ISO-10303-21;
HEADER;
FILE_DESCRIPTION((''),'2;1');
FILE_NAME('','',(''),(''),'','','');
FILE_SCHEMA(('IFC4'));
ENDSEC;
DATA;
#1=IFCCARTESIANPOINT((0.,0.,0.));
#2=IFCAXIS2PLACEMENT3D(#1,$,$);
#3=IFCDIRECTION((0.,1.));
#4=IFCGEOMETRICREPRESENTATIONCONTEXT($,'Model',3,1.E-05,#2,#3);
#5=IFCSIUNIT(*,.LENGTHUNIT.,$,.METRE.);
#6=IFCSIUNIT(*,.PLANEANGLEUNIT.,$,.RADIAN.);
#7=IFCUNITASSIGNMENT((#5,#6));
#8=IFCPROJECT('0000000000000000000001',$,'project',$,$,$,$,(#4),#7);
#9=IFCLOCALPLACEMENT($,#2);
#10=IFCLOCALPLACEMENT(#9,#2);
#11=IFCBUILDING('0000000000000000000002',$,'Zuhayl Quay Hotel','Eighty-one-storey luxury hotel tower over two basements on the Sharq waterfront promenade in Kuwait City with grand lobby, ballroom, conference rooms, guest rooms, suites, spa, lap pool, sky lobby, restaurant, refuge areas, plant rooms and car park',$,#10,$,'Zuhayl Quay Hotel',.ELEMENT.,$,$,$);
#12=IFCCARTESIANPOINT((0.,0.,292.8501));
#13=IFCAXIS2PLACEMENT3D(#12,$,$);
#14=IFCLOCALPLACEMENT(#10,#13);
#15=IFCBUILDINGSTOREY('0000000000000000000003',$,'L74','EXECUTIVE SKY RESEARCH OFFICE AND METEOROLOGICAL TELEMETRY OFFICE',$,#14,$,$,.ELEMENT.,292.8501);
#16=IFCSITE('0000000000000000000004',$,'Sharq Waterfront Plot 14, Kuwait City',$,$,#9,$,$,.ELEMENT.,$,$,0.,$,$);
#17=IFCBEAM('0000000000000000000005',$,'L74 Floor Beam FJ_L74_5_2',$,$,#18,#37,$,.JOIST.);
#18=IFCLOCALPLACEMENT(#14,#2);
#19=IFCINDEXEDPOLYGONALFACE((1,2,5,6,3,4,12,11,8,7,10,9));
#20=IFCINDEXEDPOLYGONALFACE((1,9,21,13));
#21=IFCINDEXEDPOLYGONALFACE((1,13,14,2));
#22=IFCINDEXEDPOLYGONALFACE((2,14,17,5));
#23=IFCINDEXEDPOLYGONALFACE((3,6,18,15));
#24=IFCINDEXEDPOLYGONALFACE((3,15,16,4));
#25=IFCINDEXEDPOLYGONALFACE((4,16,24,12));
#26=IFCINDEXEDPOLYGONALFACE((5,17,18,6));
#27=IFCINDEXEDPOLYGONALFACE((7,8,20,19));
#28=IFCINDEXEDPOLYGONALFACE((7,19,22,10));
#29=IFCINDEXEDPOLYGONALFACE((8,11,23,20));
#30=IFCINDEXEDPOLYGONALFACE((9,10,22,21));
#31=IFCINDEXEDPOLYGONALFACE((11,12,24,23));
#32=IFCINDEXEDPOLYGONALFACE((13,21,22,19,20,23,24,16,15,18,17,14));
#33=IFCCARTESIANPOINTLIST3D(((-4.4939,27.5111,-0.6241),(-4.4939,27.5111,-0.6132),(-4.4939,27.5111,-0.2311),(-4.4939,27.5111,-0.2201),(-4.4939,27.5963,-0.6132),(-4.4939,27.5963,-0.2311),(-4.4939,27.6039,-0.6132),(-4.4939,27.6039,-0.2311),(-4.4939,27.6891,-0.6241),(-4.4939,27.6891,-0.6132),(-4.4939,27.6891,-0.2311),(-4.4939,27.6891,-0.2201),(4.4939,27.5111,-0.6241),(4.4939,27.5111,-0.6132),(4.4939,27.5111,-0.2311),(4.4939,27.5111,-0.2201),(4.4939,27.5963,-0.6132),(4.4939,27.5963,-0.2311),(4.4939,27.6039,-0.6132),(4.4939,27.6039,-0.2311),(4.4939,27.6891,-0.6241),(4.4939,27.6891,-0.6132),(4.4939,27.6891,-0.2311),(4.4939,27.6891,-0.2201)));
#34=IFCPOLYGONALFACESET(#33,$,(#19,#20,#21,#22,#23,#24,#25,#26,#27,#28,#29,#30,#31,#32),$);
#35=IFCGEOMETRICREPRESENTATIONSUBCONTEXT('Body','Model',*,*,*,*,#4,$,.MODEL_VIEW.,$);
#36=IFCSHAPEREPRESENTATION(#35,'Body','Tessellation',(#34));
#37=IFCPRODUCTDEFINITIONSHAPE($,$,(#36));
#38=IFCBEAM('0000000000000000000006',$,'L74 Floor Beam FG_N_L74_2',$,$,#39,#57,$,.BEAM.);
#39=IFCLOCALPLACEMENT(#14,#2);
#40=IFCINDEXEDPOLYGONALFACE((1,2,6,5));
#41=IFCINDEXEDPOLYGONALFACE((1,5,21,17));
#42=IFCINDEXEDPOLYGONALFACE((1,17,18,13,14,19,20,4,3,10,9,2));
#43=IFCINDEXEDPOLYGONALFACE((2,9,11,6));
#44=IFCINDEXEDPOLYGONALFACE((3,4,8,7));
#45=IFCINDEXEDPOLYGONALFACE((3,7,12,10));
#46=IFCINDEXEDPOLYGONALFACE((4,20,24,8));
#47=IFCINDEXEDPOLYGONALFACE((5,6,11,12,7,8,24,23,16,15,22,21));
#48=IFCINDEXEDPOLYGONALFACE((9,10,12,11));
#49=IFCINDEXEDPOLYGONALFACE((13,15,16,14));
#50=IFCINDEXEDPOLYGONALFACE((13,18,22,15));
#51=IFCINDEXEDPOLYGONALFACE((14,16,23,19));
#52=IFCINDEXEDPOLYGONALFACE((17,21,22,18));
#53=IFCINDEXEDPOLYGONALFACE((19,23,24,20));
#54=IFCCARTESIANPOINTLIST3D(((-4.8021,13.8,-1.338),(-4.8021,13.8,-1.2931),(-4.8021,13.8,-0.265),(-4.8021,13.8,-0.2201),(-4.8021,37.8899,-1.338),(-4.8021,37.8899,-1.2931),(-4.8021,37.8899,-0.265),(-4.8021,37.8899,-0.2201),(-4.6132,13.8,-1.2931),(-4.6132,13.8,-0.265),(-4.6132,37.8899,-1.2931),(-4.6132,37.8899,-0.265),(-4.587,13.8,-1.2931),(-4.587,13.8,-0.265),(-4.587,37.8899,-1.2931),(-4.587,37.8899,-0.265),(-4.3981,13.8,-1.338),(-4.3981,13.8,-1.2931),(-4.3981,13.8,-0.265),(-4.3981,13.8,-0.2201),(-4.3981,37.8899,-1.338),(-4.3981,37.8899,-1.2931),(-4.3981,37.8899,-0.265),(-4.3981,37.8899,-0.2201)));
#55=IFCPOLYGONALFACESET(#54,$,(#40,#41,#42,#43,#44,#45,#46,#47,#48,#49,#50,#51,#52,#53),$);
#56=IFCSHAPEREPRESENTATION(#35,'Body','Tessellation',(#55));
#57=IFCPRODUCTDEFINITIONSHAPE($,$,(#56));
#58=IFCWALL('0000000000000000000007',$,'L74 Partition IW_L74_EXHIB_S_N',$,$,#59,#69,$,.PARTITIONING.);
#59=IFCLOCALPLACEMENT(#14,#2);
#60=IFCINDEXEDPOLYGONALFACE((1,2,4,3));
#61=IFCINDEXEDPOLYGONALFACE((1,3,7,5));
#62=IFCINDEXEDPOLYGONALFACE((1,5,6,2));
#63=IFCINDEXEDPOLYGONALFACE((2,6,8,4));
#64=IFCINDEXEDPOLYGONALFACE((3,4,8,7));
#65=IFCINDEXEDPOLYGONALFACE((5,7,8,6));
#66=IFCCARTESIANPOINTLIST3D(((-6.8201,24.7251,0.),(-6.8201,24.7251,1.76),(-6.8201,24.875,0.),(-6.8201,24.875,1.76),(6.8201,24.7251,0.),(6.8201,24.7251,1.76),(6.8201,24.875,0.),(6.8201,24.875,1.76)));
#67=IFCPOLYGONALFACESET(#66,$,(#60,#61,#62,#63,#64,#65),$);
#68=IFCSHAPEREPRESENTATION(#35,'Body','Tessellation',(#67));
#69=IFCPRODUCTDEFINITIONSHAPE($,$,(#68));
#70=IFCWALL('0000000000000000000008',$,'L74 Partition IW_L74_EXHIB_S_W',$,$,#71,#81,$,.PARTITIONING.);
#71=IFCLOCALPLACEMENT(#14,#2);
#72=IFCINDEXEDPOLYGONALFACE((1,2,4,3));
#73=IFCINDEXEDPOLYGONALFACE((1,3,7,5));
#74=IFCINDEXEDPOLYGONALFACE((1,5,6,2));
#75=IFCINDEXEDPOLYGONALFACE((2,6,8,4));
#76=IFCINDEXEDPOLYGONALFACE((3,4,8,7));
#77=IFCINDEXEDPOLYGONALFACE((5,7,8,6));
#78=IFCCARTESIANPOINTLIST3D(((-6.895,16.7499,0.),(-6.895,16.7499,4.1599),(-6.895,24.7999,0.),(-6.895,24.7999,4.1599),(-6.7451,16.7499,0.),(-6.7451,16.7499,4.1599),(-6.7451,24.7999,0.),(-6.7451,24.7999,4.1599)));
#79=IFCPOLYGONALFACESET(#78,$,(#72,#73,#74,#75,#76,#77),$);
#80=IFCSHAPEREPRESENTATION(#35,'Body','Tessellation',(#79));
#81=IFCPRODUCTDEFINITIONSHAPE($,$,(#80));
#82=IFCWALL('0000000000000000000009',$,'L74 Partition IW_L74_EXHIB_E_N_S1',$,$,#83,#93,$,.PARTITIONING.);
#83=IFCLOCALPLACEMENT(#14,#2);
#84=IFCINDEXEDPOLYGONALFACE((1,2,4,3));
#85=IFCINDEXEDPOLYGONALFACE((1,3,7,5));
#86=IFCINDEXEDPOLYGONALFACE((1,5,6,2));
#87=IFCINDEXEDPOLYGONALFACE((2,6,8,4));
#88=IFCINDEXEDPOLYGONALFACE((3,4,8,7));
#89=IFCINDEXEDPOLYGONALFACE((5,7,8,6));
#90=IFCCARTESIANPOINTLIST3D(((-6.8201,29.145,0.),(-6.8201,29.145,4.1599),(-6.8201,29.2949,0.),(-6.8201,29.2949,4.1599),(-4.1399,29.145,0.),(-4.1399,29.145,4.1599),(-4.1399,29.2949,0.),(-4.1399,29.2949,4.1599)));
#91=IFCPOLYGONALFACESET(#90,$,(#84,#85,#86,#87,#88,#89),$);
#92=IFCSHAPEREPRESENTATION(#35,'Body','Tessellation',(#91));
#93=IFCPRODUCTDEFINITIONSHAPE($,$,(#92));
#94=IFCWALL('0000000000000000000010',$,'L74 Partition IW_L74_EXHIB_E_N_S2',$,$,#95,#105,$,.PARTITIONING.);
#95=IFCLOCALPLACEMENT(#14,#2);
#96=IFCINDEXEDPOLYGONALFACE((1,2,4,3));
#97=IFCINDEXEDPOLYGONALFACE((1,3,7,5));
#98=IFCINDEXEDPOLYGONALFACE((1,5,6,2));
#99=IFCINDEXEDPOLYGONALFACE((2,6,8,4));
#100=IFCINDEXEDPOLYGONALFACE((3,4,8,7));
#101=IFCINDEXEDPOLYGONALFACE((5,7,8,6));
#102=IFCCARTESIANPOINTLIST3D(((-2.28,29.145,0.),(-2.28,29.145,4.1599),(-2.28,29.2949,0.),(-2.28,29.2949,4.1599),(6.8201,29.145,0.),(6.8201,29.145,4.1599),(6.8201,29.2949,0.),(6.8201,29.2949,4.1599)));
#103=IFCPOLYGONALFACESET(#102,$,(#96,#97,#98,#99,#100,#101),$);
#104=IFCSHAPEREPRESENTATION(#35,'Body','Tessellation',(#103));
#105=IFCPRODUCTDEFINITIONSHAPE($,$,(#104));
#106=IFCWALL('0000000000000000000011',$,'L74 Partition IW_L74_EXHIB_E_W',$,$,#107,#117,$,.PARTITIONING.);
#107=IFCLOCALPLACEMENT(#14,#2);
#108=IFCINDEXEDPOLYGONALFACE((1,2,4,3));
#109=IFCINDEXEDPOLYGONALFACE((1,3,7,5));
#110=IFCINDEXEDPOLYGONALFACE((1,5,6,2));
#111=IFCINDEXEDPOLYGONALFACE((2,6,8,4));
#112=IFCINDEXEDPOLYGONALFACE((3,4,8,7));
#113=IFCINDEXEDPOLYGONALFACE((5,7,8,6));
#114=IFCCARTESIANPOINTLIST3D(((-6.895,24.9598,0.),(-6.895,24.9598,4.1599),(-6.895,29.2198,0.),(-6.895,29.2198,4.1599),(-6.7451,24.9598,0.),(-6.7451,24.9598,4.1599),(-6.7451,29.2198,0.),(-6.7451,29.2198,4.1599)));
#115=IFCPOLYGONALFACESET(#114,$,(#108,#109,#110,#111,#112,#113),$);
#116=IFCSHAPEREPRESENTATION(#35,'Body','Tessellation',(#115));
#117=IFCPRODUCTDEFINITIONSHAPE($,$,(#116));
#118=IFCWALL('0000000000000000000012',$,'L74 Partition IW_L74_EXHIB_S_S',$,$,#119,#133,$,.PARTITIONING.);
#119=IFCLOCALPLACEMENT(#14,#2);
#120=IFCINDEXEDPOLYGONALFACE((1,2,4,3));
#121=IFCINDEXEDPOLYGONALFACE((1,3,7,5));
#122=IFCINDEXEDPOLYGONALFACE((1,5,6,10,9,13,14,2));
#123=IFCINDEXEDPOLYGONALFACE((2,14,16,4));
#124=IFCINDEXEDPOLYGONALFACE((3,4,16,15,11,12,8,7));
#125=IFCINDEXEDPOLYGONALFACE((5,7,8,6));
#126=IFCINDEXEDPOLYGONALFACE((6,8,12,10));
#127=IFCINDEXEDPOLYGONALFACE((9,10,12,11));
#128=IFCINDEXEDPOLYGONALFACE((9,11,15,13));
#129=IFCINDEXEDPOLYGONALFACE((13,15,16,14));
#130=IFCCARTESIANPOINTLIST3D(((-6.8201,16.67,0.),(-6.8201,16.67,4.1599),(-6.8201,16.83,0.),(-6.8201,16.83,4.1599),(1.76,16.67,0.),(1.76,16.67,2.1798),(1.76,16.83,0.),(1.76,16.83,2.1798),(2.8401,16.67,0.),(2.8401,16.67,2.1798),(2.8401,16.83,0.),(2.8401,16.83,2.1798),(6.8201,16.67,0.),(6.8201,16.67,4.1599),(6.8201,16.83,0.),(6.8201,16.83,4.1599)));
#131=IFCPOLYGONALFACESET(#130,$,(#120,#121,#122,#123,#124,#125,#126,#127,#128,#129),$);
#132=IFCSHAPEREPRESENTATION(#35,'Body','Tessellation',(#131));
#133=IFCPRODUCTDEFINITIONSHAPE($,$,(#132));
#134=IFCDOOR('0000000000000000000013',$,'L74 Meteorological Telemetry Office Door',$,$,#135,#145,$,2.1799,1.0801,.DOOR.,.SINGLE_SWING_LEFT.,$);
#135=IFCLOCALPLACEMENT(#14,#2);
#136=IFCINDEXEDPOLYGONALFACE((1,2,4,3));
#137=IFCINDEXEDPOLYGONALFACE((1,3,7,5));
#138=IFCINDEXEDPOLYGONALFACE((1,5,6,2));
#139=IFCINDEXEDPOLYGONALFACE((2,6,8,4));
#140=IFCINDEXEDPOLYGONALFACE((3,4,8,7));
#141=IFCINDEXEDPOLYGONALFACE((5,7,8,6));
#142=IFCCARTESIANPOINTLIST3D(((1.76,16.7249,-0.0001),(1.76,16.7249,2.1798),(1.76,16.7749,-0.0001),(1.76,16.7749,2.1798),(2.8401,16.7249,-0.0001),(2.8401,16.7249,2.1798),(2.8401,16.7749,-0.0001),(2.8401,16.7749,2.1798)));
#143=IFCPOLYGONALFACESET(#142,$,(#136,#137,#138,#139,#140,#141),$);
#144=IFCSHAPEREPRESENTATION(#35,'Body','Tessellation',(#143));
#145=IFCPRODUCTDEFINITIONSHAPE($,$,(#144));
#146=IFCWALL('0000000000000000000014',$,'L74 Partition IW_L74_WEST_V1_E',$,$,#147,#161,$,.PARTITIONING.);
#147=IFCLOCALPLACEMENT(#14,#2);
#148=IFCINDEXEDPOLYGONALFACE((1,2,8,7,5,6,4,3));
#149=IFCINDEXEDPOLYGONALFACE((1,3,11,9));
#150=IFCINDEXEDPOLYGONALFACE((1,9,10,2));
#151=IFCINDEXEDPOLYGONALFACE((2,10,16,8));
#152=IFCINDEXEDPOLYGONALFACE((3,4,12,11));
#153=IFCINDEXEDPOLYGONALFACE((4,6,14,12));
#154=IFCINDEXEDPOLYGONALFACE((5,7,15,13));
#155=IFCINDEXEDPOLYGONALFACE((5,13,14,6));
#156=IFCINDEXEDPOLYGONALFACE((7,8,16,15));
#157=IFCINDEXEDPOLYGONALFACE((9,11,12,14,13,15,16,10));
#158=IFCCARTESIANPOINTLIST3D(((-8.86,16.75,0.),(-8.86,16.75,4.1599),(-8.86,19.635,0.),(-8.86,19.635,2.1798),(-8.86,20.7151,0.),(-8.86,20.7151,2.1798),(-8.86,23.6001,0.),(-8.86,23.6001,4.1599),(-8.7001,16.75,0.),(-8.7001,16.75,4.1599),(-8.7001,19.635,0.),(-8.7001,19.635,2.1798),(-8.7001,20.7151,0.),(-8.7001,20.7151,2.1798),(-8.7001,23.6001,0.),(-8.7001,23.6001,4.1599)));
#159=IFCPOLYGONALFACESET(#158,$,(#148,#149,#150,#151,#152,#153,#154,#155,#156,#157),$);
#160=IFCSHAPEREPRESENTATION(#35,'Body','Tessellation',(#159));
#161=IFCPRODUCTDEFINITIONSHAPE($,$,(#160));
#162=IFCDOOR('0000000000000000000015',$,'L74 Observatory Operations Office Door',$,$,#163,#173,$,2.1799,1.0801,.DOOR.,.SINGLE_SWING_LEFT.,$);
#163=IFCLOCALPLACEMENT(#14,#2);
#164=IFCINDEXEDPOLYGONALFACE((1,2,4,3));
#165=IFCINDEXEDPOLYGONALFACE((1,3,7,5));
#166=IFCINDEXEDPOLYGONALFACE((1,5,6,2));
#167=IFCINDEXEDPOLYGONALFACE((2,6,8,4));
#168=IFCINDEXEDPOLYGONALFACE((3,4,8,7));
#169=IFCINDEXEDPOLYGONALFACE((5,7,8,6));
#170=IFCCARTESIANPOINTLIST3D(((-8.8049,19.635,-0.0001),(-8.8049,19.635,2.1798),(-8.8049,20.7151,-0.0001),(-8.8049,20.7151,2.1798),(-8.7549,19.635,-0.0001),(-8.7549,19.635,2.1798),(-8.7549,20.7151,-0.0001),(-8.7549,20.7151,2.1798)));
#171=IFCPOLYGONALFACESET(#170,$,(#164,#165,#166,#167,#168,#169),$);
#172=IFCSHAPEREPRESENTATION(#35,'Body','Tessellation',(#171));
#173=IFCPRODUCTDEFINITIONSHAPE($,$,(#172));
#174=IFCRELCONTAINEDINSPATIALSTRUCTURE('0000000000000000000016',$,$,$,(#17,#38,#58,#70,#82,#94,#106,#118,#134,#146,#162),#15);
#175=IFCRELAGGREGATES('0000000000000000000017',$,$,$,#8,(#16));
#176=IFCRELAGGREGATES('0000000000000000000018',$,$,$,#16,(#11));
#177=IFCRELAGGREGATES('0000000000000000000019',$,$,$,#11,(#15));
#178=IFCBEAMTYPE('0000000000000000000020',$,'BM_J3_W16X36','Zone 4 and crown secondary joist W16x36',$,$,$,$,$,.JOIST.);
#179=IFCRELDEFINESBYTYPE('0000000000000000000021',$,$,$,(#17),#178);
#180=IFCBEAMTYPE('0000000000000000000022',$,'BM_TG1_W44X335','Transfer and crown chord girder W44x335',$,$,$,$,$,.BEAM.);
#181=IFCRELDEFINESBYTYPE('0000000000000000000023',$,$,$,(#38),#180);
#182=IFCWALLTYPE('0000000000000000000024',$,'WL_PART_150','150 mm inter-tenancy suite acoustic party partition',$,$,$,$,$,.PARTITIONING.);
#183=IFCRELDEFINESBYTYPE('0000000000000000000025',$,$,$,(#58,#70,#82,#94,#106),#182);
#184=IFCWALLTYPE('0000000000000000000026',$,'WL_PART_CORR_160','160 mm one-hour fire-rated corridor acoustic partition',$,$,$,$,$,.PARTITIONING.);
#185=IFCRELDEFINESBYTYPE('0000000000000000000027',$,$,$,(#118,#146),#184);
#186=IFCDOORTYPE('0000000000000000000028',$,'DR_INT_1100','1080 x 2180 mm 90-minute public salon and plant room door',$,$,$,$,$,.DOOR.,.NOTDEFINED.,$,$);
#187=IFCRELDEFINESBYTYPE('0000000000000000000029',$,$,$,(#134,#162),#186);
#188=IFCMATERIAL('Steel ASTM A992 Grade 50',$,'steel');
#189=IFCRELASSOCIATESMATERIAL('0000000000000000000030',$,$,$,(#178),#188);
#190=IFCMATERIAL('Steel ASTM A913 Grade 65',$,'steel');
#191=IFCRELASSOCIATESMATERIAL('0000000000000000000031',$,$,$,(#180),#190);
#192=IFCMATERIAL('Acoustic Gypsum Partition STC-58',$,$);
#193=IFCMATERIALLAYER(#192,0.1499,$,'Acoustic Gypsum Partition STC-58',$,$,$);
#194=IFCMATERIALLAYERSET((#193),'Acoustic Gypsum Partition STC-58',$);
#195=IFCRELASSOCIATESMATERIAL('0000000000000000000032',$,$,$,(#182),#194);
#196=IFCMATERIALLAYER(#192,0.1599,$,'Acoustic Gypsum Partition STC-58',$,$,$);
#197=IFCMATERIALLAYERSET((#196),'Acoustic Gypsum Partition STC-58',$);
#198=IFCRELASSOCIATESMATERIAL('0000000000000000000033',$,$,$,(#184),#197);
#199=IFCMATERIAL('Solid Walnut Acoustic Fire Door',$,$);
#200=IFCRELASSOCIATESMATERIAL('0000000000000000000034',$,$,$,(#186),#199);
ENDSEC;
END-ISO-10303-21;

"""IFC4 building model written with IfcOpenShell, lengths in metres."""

from ifc_helpers import new_model, si_unit, direction, frame, frame_2d, origin, origin_2d, place, context, subcontext, project, spatial, rectangle, i_section, extrude, material, layer, layer_set, material_profile, profile_set, type_object, element, fill, save


model = new_model("IFC4")

# Units and contexts
model_context = context("Model", 3, precision=1e-05, world=origin(), true_north=direction((0.0, 1.0)))
body_context = subcontext(model_context, "Body", "Model", "MODEL_VIEW")
ifc_project = project(units=[si_unit("LENGTHUNIT", "METRE"), si_unit("PLANEANGLEUNIT", "RADIAN")], contexts=[model_context])

# Site, building, storey
site_placement = place(None, origin())
site = spatial("IfcSite", under=ifc_project, at=site_placement, Name="Sharq Waterfront Plot 14, Kuwait City", CompositionType="ELEMENT", RefElevation=0.0)
building_placement = place(site_placement, origin())
building = spatial("IfcBuilding", under=site, at=building_placement, Name="Zuhayl Quay Hotel", Description="Eighty-one-storey luxury hotel tower over two basements on the Sharq waterfront promenade in Kuwait City with grand lobby, ballroom, conference rooms, guest rooms, suites, spa, lap pool, sky lobby, restaurant, refuge areas, plant rooms and car park", LongName="Zuhayl Quay Hotel", CompositionType="ELEMENT")
storey_placement = place(building_placement, frame((0.0, 0.0, 292.8501)))
storey = spatial("IfcBuildingStorey", under=building, at=storey_placement, Name="L74", Description="EXECUTIVE SKY RESEARCH OFFICE AND METEOROLOGICAL TELEMETRY OFFICE", CompositionType="ELEMENT", Elevation=292.8501)

# Beams
ifc_material_1 = material(Name="Steel ASTM A992 Grade 50", Category="steel")
ifc_material_profile_1 = material_profile(ifc_material_1, i_section(OverallWidth=0.178, OverallDepth=0.4041, WebThickness=0.0076, FlangeThickness=0.011, at=origin_2d()), Name="W16X36")
ifc_profile_set_1 = profile_set([ifc_material_profile_1], Name="Steel ASTM A992 Grade 50")
beam_type_1 = type_object("IfcBeamType", Name="BM_J3_W16X36", Description="Zone 4 and crown secondary joist W16x36", PredefinedType="JOIST", material=ifc_profile_set_1)
beam_1_placement = place(storey_placement, frame((-4.4939, 27.6001, -0.4221), z_axis=(1.0, 0.0, 0.0), x_axis=(0.0, 1.0, 0.0)))
element("IfcBeam", 1, at=beam_1_placement, inside=storey, type_object=beam_type_1, Name="L74 Floor Beam FJ_L74_5_2", PredefinedType="JOIST", context=body_context, shape_type="SweptSolid", body=[
    extrude(i_section(OverallWidth=0.178, OverallDepth=0.4041, WebThickness=0.0076, FlangeThickness=0.011, at=origin_2d()), origin(), (0.0, 0.0, 1.0), 8.9878),
])
ifc_material_2 = material(Name="Steel ASTM A913 Grade 65", Category="steel")
ifc_material_profile_2 = material_profile(ifc_material_2, i_section(OverallWidth=0.4041, OverallDepth=1.1179, WebThickness=0.0261, FlangeThickness=0.0449, at=origin_2d()), Name="W44X335")
ifc_profile_set_2 = profile_set([ifc_material_profile_2], Name="Steel ASTM A913 Grade 65")
beam_type_2 = type_object("IfcBeamType", Name="BM_TG1_W44X335", Description="Transfer and crown chord girder W44x335", PredefinedType="BEAM", material=ifc_profile_set_2)
beam_2_placement = place(storey_placement, frame((-4.6001, 13.8, -0.7791), z_axis=(0.0, 1.0, 0.0), x_axis=(-1.0, 0.0, 0.0)))
element("IfcBeam", 2, at=beam_2_placement, inside=storey, type_object=beam_type_2, Name="L74 Floor Beam FG_N_L74_2", PredefinedType="BEAM", context=body_context, shape_type="SweptSolid", body=[
    extrude(i_section(OverallWidth=0.4041, OverallDepth=1.1179, WebThickness=0.0261, FlangeThickness=0.0449, at=origin_2d()), origin(), (0.0, 0.0, 1.0), 24.0898),
])

# Walls
ifc_material_3 = material(Name="Acoustic Gypsum Partition STC-58")
ifc_layer_1 = layer(ifc_material_3, 0.1499, Name="Acoustic Gypsum Partition STC-58")
ifc_layer_set_1 = layer_set([ifc_layer_1], Name="Acoustic Gypsum Partition STC-58")
wall_type_1 = type_object("IfcWallType", Name="WL_PART_150", Description="150 mm inter-tenancy suite acoustic party partition", PredefinedType="PARTITIONING", material=ifc_layer_set_1)
wall_1_placement = place(storey_placement, frame((-6.8201, 24.8, 0.0), z_axis=(0.0, 0.0, 1.0), x_axis=(1.0, 0.0, 0.0)))
element("IfcWall", 3, at=wall_1_placement, inside=storey, type_object=wall_type_1, Name="L74 Partition IW_L74_EXHIB_S_N", PredefinedType="PARTITIONING", context=body_context, shape_type="SweptSolid", body=[
    extrude(rectangle(XDim=13.6401, YDim=0.1499, at=frame_2d((6.8201, 0.0))), origin(), (0.0, 0.0, 1.0), 1.76),
])
wall_2_placement = place(storey_placement, frame((-6.8201, 16.75, 0.0), z_axis=(0.0, 0.0, 1.0), x_axis=(0.0, 1.0, 0.0)))
element("IfcWall", 4, at=wall_2_placement, inside=storey, type_object=wall_type_1, Name="L74 Partition IW_L74_EXHIB_S_W", PredefinedType="PARTITIONING", context=body_context, shape_type="SweptSolid", body=[
    extrude(rectangle(XDim=8.05, YDim=0.1499, at=frame_2d((4.0249, 0.0))), origin(), (0.0, 0.0, 1.0), 4.1599),
])
wall_3_placement = place(storey_placement, frame((-6.8201, 29.22, 0.0), z_axis=(0.0, 0.0, 1.0), x_axis=(1.0, 0.0, 0.0)))
element("IfcWall", 5, at=wall_3_placement, inside=storey, type_object=wall_type_1, Name="L74 Partition IW_L74_EXHIB_E_N_S1", PredefinedType="PARTITIONING", context=body_context, shape_type="SweptSolid", body=[
    extrude(rectangle(XDim=2.6802, YDim=0.1499, at=frame_2d((1.3401, 0.0))), origin(), (0.0, 0.0, 1.0), 4.1599),
])
wall_4_placement = place(storey_placement, frame((-2.28, 29.22, 0.0), z_axis=(0.0, 0.0, 1.0), x_axis=(1.0, 0.0, 0.0)))
element("IfcWall", 6, at=wall_4_placement, inside=storey, type_object=wall_type_1, Name="L74 Partition IW_L74_EXHIB_E_N_S2", PredefinedType="PARTITIONING", context=body_context, shape_type="SweptSolid", body=[
    extrude(rectangle(XDim=9.1001, YDim=0.1499, at=frame_2d((4.55, 0.0))), origin(), (0.0, 0.0, 1.0), 4.1599),
])
wall_5_placement = place(storey_placement, frame((-6.8201, 24.96, 0.0), z_axis=(0.0, 0.0, 1.0), x_axis=(0.0, 1.0, 0.0)))
element("IfcWall", 7, at=wall_5_placement, inside=storey, type_object=wall_type_1, Name="L74 Partition IW_L74_EXHIB_E_W", PredefinedType="PARTITIONING", context=body_context, shape_type="SweptSolid", body=[
    extrude(rectangle(XDim=4.26, YDim=0.1499, at=frame_2d((2.1299, 0.0))), origin(), (0.0, 0.0, 1.0), 4.1599),
])

# Walls, openings, doors
ifc_layer_2 = layer(ifc_material_3, 0.1599, Name="Acoustic Gypsum Partition STC-58")
ifc_layer_set_2 = layer_set([ifc_layer_2], Name="Acoustic Gypsum Partition STC-58")
wall_type_2 = type_object("IfcWallType", Name="WL_PART_CORR_160", Description="160 mm one-hour fire-rated corridor acoustic partition", PredefinedType="PARTITIONING", material=ifc_layer_set_2)
wall_6_placement = place(storey_placement, frame((-6.8201, 16.75, 0.0), z_axis=(0.0, 0.0, 1.0), x_axis=(1.0, 0.0, 0.0)))
wall_6 = element("IfcWall", 8, at=wall_6_placement, inside=storey, type_object=wall_type_2, Name="L74 Partition IW_L74_EXHIB_S_S", PredefinedType="PARTITIONING", context=body_context, shape_type="SweptSolid", body=[
    extrude(rectangle(XDim=13.6401, YDim=0.1599, at=frame_2d((6.8201, 0.0))), origin(), (0.0, 0.0, 1.0), 4.1599),
])
opening_1_placement = place(wall_6_placement, frame((8.5801, 0.0, 0.0)))
opening_1 = element("IfcOpeningElement", 9, at=opening_1_placement, cuts=wall_6, PredefinedType="OPENING", context=body_context, shape_type="SweptSolid", body=[
    extrude(rectangle(XDim=1.0801, YDim=2.1799, at=frame_2d((0.54, 1.0898))), frame((0.0, 0.0898, 0.0), z_axis=(0.0, -1.0, 0.0), x_axis=(1.0, 0.0, 0.0)), (0.0, 0.0, 1.0), 0.1799),
])
ifc_material_4 = material(Name="Solid Walnut Acoustic Fire Door")
door_type = type_object("IfcDoorType", Name="DR_INT_1100", Description="1080 x 2180 mm 90-minute public salon and plant room door", OperationType="NOTDEFINED", PredefinedType="DOOR", material=ifc_material_4)
door_1_placement = place(opening_1_placement, origin())
door_1 = element("IfcDoor", 10, at=door_1_placement, inside=storey, type_object=door_type, Name="L74 Meteorological Telemetry Office Door", OperationType="SINGLE_SWING_LEFT", OverallHeight=2.1799, OverallWidth=1.0801, PredefinedType="DOOR", context=body_context, shape_type="SweptSolid", body=[
    extrude(rectangle(XDim=1.0801, YDim=2.1799, at=frame_2d((0.54, 1.0898))), frame((0.0, 0.0249, 0.0), z_axis=(0.0, -1.0, 0.0), x_axis=(1.0, 0.0, 0.0)), (0.0, 0.0, 1.0), 0.05),
])
fill(opening_1, door_1)
wall_7_placement = place(storey_placement, frame((-8.78, 16.75, 0.0), z_axis=(0.0, 0.0, 1.0), x_axis=(0.0, 1.0, 0.0)))
wall_7 = element("IfcWall", 11, at=wall_7_placement, inside=storey, type_object=wall_type_2, Name="L74 Partition IW_L74_WEST_V1_E", PredefinedType="PARTITIONING", context=body_context, shape_type="SweptSolid", body=[
    extrude(rectangle(XDim=6.8501, YDim=0.1599, at=frame_2d((3.425, 0.0))), origin(), (0.0, 0.0, 1.0), 4.1599),
])
opening_2_placement = place(wall_7_placement, frame((2.885, 0.0, 0.0)))
opening_2 = element("IfcOpeningElement", 12, at=opening_2_placement, cuts=wall_7, PredefinedType="OPENING", context=body_context, shape_type="SweptSolid", body=[
    extrude(rectangle(XDim=1.0801, YDim=2.1799, at=frame_2d((0.54, 1.0898))), frame((0.0, 0.0898, 0.0), z_axis=(0.0, -1.0, 0.0), x_axis=(1.0, 0.0, 0.0)), (0.0, 0.0, 1.0), 0.1799),
])
door_2_placement = place(opening_2_placement, origin())
door_2 = element("IfcDoor", 13, at=door_2_placement, inside=storey, type_object=door_type, Name="L74 Observatory Operations Office Door", OperationType="SINGLE_SWING_LEFT", OverallHeight=2.1799, OverallWidth=1.0801, PredefinedType="DOOR", context=body_context, shape_type="SweptSolid", body=[
    extrude(rectangle(XDim=1.0801, YDim=2.1799, at=frame_2d((0.54, 1.0898))), frame((0.0, 0.0249, 0.0), z_axis=(0.0, -1.0, 0.0), x_axis=(1.0, 0.0, 0.0)), (0.0, 0.0, 1.0), 0.05),
])
fill(opening_2, door_2)

save(model, "model.ifc")
